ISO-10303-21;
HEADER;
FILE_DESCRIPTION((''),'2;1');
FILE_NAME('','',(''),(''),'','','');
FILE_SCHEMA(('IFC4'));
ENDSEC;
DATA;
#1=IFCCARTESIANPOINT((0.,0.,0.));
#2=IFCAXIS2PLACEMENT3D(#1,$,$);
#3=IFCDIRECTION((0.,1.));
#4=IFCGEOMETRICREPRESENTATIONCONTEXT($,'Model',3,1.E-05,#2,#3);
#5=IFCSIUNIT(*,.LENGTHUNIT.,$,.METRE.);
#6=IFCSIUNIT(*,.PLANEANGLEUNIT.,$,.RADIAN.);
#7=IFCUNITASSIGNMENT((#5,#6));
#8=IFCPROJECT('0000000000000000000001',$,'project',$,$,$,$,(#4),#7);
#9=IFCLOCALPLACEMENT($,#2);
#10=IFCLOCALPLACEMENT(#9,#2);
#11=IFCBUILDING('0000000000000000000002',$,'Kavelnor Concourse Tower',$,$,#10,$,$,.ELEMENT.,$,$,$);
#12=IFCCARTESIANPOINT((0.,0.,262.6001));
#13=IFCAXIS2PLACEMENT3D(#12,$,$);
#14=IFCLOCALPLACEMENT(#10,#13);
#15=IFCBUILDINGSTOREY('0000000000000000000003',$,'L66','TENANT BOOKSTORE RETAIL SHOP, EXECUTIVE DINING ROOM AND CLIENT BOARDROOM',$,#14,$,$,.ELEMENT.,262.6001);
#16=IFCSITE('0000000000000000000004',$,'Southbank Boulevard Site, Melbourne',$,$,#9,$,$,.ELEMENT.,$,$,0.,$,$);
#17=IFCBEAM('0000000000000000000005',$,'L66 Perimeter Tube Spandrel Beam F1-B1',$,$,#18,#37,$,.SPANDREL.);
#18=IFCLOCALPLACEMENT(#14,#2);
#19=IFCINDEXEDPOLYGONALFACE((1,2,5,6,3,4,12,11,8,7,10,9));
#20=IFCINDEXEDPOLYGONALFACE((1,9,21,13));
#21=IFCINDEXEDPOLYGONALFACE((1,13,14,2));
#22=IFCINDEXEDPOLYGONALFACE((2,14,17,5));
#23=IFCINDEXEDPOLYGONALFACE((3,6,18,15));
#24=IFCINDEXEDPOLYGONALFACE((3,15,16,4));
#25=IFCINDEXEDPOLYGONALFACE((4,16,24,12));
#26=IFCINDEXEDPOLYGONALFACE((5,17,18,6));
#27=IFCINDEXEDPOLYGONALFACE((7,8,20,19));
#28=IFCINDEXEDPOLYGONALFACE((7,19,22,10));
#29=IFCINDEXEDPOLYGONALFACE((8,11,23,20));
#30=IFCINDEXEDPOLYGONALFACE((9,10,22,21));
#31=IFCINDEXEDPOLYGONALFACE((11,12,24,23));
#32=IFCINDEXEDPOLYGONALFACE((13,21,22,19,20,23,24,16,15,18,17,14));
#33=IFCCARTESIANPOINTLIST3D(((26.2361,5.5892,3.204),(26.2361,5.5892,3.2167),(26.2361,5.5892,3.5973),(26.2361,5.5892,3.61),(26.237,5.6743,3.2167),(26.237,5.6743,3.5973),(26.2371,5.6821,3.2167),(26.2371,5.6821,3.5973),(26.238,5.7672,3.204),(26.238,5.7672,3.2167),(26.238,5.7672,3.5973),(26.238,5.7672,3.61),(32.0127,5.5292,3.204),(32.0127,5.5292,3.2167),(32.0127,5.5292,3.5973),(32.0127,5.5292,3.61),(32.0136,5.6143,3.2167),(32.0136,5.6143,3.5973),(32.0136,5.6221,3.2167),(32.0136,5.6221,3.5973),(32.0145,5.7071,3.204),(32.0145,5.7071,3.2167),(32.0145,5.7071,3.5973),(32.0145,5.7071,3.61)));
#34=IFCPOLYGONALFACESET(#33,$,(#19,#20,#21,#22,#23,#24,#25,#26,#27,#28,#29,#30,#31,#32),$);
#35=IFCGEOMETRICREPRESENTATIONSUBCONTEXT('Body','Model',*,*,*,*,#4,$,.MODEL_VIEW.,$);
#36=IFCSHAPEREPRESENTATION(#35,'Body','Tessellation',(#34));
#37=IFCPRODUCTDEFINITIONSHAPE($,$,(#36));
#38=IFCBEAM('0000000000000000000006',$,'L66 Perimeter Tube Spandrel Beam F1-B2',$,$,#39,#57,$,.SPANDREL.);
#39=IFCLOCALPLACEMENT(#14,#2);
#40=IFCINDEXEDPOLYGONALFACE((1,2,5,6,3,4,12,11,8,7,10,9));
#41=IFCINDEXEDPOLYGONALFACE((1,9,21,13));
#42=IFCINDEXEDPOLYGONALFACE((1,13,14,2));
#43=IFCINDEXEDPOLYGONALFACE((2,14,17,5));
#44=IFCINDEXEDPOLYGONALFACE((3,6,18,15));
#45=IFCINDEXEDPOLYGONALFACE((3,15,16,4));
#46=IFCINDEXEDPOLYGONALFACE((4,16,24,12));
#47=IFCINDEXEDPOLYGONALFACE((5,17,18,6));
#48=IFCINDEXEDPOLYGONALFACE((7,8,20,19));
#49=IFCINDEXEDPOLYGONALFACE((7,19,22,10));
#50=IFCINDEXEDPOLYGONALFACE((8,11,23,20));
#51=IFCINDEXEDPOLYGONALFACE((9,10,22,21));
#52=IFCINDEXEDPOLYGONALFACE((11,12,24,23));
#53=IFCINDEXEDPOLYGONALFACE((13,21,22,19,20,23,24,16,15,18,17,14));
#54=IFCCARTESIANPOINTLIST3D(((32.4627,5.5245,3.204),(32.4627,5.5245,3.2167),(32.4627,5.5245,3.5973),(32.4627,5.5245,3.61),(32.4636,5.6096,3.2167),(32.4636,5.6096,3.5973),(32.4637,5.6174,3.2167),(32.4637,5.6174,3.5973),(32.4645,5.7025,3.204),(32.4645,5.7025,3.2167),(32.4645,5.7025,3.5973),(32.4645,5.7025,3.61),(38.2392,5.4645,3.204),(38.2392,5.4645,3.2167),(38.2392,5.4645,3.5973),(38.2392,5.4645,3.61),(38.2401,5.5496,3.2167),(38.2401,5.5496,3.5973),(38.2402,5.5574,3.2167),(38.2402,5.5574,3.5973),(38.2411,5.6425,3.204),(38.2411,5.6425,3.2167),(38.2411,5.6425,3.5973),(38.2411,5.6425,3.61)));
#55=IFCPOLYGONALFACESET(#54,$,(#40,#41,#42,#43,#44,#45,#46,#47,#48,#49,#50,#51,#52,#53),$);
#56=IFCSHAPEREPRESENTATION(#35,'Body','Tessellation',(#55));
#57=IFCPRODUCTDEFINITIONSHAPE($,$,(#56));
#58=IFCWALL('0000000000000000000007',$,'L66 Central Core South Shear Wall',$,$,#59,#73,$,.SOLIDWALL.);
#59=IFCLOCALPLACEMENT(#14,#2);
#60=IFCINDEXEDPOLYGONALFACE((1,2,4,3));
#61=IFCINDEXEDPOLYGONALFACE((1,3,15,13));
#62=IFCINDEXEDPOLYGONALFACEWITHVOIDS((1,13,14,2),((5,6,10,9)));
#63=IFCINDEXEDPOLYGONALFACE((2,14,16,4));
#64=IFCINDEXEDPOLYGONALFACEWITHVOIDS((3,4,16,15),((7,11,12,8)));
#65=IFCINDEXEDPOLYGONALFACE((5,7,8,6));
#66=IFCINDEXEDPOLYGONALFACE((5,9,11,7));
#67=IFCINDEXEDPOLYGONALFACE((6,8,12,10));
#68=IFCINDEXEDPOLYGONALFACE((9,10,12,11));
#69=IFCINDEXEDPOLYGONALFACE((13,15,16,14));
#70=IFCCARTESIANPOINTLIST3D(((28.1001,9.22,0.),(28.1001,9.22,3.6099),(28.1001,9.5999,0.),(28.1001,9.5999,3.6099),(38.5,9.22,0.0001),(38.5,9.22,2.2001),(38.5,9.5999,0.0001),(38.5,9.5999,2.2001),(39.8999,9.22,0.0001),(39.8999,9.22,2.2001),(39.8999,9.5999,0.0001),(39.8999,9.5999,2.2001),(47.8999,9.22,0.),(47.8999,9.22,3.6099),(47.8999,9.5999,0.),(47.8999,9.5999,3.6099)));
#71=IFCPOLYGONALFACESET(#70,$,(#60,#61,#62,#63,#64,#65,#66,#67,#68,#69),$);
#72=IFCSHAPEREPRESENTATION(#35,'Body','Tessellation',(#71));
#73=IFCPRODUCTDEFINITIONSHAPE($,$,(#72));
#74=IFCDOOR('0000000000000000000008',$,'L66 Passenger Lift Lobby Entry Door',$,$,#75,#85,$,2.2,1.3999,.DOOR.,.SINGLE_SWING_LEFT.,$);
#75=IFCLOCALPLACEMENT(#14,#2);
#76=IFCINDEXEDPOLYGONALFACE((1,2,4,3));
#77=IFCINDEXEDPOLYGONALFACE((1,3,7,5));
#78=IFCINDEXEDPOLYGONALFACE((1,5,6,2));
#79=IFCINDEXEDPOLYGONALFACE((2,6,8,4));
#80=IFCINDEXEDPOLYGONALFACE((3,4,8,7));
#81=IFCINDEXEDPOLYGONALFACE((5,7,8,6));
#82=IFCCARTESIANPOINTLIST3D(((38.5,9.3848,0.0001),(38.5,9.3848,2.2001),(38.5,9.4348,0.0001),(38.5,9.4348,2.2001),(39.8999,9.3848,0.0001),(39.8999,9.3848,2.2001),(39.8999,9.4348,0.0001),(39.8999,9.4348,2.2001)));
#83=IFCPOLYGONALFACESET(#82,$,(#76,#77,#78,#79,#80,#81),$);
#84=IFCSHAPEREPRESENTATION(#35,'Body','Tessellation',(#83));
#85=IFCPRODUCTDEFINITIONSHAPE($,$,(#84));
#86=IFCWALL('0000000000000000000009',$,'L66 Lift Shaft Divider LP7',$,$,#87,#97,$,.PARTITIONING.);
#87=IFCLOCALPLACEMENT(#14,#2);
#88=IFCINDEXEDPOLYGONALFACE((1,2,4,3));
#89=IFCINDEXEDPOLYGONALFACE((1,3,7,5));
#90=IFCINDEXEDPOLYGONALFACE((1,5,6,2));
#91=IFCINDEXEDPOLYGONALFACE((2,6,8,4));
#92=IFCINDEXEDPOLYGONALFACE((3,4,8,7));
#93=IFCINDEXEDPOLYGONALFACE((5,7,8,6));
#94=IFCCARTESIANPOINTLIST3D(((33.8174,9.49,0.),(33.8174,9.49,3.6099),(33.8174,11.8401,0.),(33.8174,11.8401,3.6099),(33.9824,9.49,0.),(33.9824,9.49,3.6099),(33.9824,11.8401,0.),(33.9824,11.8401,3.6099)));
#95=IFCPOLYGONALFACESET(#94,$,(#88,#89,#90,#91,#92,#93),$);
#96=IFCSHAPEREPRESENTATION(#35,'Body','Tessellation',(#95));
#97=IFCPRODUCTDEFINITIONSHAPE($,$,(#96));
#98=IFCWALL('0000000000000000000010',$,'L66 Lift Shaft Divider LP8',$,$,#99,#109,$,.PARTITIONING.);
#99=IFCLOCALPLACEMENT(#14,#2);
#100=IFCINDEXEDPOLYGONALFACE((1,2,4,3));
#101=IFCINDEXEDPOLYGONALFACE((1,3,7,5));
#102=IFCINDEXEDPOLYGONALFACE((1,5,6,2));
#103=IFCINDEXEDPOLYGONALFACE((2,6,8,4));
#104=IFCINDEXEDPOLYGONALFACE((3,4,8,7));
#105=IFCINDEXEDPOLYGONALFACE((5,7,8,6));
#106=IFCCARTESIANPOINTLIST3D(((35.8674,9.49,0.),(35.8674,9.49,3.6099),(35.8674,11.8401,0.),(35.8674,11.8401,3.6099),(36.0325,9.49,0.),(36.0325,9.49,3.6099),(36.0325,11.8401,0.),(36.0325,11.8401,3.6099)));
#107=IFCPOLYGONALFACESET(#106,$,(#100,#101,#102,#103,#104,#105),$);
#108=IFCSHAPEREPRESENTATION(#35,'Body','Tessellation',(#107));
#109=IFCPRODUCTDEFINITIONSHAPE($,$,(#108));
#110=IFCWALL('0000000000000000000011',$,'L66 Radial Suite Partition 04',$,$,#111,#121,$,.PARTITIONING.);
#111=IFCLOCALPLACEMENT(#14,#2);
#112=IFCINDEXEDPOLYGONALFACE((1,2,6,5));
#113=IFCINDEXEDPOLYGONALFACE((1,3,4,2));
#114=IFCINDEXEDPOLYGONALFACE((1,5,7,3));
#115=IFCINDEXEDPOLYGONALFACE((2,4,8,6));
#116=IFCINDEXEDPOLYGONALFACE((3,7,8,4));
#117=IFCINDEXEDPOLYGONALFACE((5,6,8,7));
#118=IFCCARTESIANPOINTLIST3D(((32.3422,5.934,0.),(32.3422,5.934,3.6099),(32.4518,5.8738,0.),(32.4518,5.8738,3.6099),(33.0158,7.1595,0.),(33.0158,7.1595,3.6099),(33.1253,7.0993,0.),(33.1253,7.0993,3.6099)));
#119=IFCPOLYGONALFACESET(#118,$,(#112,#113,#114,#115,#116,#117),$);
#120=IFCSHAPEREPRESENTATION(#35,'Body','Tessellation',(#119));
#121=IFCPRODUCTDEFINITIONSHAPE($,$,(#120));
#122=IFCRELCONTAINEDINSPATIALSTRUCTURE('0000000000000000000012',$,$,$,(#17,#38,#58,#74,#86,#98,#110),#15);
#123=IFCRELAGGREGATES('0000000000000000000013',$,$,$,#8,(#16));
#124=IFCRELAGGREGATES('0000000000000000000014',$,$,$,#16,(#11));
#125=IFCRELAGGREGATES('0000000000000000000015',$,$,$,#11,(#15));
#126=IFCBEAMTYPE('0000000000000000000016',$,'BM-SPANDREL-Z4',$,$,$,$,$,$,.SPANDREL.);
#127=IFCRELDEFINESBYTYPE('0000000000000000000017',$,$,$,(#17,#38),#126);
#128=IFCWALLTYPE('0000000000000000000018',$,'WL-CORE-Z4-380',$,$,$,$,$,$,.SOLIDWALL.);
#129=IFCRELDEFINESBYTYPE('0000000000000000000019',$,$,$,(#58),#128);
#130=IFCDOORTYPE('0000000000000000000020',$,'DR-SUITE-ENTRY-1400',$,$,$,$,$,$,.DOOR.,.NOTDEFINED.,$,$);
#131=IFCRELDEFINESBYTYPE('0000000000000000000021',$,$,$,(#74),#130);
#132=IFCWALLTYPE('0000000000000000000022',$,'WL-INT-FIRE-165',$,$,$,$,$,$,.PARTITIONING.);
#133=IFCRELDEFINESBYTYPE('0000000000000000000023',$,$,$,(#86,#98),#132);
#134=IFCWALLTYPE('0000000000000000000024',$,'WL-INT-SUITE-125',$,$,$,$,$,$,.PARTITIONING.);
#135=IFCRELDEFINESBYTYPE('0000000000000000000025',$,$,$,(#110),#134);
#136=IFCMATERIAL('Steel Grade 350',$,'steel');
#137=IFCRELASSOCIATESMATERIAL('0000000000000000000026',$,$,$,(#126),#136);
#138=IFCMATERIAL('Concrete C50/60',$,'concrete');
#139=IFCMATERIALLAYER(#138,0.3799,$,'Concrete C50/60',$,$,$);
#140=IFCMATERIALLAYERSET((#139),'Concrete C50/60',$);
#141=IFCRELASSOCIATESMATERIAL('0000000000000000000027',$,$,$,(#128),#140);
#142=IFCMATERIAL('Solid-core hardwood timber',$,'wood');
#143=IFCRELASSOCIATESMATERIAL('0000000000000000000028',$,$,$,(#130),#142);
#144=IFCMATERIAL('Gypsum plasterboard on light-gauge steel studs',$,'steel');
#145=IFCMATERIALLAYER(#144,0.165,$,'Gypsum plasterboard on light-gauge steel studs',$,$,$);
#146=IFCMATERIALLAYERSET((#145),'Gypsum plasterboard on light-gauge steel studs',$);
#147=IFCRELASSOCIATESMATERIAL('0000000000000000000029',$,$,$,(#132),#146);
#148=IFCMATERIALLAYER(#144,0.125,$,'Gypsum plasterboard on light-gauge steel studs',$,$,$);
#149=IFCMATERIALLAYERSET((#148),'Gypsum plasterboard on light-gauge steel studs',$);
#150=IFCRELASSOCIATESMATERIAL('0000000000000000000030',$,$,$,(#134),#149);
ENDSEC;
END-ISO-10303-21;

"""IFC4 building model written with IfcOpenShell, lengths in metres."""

from ifc_helpers import new_model, si_unit, direction, frame, frame_2d, origin, origin_2d, place, context, subcontext, project, spatial, rectangle, i_section, extrude, material, layer, layer_set, material_profile, profile_set, type_object, element, fill, save


model = new_model("IFC4")

# Units and contexts
model_context = context("Model", 3, precision=1e-05, world=origin(), true_north=direction((0.0, 1.0)))
body_context = subcontext(model_context, "Body", "Model", "MODEL_VIEW")
ifc_project = project(units=[si_unit("LENGTHUNIT", "METRE"), si_unit("PLANEANGLEUNIT", "RADIAN")], contexts=[model_context])

# Site, building, storey
site_placement = place(None, origin())
site = spatial("IfcSite", under=ifc_project, at=site_placement, Name="Southbank Boulevard Site, Melbourne", CompositionType="ELEMENT", RefElevation=0.0)
building_placement = place(site_placement, origin())
building = spatial("IfcBuilding", under=site, at=building_placement, Name="Kavelnor Concourse Tower", CompositionType="ELEMENT")
storey_placement = place(building_placement, frame((0.0, 0.0, 262.6001)))
storey = spatial("IfcBuildingStorey", under=building, at=storey_placement, Name="L66", Description="TENANT BOOKSTORE RETAIL SHOP, EXECUTIVE DINING ROOM AND CLIENT BOARDROOM", CompositionType="ELEMENT", Elevation=262.6001)

# Shared definitions
ifc_material_1 = material(Name="Steel Grade 350", Category="steel")

# Beams
ifc_material_profile_1 = material_profile(ifc_material_1, i_section(OverallWidth=0.178, OverallDepth=0.406, WebThickness=0.0078, FlangeThickness=0.0127, at=origin_2d()), Name="410UB59")
ifc_profile_set_1 = profile_set([ifc_material_profile_1], Name="Steel Grade 350")
beam_type_1 = type_object("IfcBeamType", Name="BM-SPANDREL-Z4", PredefinedType="SPANDREL", material=ifc_profile_set_1)
for number, where, z_axis, x_axis, name in (
    (1, (26.2371, 5.6782, 3.407), (0.999946, -0.010396, 0.0), (0.010396, 0.999946, 0.0), "L66 Perimeter Tube Spandrel Beam F1-B1"),
    (2, (32.4636, 5.6135, 3.407), (0.999946, -0.010396, 0.0), (0.010396, 0.999946, 0.0), "L66 Perimeter Tube Spandrel Beam F1-B2"),
):
    element("IfcBeam", number, at=place(storey_placement, frame(where, z_axis=z_axis, x_axis=x_axis)), inside=storey, type_object=beam_type_1, Name=name, PredefinedType="SPANDREL", context=body_context, shape_type="SweptSolid", body=[
        extrude(i_section(OverallWidth=0.178, OverallDepth=0.406, WebThickness=0.0078, FlangeThickness=0.0127, at=origin_2d()), origin(), (0.0, 0.0, 1.0), 5.7769),
    ])

# Wall, opening, door
ifc_material_2 = material(Name="Concrete C50/60", Category="concrete")
ifc_layer_1 = layer(ifc_material_2, 0.3799, Name="Concrete C50/60")
ifc_layer_set_1 = layer_set([ifc_layer_1], Name="Concrete C50/60")
wall_type_1 = type_object("IfcWallType", Name="WL-CORE-Z4-380", PredefinedType="SOLIDWALL", material=ifc_layer_set_1)
wall_1_placement = place(storey_placement, frame((28.1001, 9.4099, 0.0), z_axis=(0.0, 0.0, 1.0), x_axis=(1.0, 0.0, 0.0)))
wall_1 = element("IfcWall", 3, at=wall_1_placement, inside=storey, type_object=wall_type_1, Name="L66 Central Core South Shear Wall", PredefinedType="SOLIDWALL", context=body_context, shape_type="SweptSolid", body=[
    extrude(rectangle(XDim=19.7998, YDim=0.3799, at=frame_2d((9.8999, 0.0))), origin(), (0.0, 0.0, 1.0), 3.6099),
])
opening_placement = place(wall_1_placement, frame((10.3999, 0.0, 0.0)))
opening = element("IfcOpeningElement", 4, at=opening_placement, cuts=wall_1, PredefinedType="OPENING", context=body_context, shape_type="SweptSolid", body=[
    extrude(rectangle(XDim=1.3999, YDim=2.2, at=frame_2d((0.7, 1.1001))), frame((0.0, 0.2, 0.0), z_axis=(0.0, -1.0, 0.0), x_axis=(1.0, 0.0, 0.0)), (0.0, 0.0, 1.0), 0.3999),
])
ifc_material_3 = material(Name="Solid-core hardwood timber", Category="wood")
door_type = type_object("IfcDoorType", Name="DR-SUITE-ENTRY-1400", OperationType="NOTDEFINED", PredefinedType="DOOR", material=ifc_material_3)
door_placement = place(opening_placement, origin())
door = element("IfcDoor", 5, at=door_placement, inside=storey, type_object=door_type, Name="L66 Passenger Lift Lobby Entry Door", OperationType="SINGLE_SWING_LEFT", OverallHeight=2.2, OverallWidth=1.3999, PredefinedType="DOOR", context=body_context, shape_type="SweptSolid", body=[
    extrude(rectangle(XDim=1.3999, YDim=2.2, at=frame_2d((0.7, 1.1001))), frame((0.0, 0.0249, 0.0), z_axis=(0.0, -1.0, 0.0), x_axis=(1.0, 0.0, 0.0)), (0.0, 0.0, 1.0), 0.05),
])
fill(opening, door)

# Walls
ifc_material_4 = material(Name="Gypsum plasterboard on light-gauge steel studs", Category="steel")
ifc_layer_2 = layer(ifc_material_4, 0.165, Name="Gypsum plasterboard on light-gauge steel studs")
ifc_layer_set_2 = layer_set([ifc_layer_2], Name="Gypsum plasterboard on light-gauge steel studs")
wall_type_2 = type_object("IfcWallType", Name="WL-INT-FIRE-165", PredefinedType="PARTITIONING", material=ifc_layer_set_2)
for number, where, z_axis, x_axis, name in (
    (6, (33.8999, 9.49, 0.0), (0.0, 0.0, 1.0), (0.0, 1.0, 0.0), "L66 Lift Shaft Divider LP7"),
    (7, (35.95, 9.49, 0.0), (0.0, 0.0, 1.0), (0.0, 1.0, 0.0), "L66 Lift Shaft Divider LP8"),
):
    element("IfcWall", number, at=place(storey_placement, frame(where, z_axis=z_axis, x_axis=x_axis)), inside=storey, type_object=wall_type_2, Name=name, PredefinedType="PARTITIONING", context=body_context, shape_type="SweptSolid", body=[
        extrude(rectangle(XDim=2.3501, YDim=0.165, at=frame_2d((1.175, 0.0))), origin(), (0.0, 0.0, 1.0), 3.6099),
    ])
ifc_layer_3 = layer(ifc_material_4, 0.125, Name="Gypsum plasterboard on light-gauge steel studs")
ifc_layer_set_3 = layer_set([ifc_layer_3], Name="Gypsum plasterboard on light-gauge steel studs")
wall_type_3 = type_object("IfcWallType", Name="WL-INT-SUITE-125", PredefinedType="PARTITIONING", material=ifc_layer_set_3)
wall_2_placement = place(storey_placement, frame((33.0706, 7.1294, 0.0), z_axis=(0.0, 0.0, 1.0), x_axis=(-0.481651, -0.876363, 0.0)))
element("IfcWall", 8, at=wall_2_placement, inside=storey, type_object=wall_type_3, Name="L66 Radial Suite Partition 04", PredefinedType="PARTITIONING", context=body_context, shape_type="SweptSolid", body=[
    extrude(rectangle(XDim=1.3984, YDim=0.125, at=frame_2d((0.6992, 0.0))), origin(), (0.0, 0.0, 1.0), 3.6099),
])

save(model, "model.ifc")
